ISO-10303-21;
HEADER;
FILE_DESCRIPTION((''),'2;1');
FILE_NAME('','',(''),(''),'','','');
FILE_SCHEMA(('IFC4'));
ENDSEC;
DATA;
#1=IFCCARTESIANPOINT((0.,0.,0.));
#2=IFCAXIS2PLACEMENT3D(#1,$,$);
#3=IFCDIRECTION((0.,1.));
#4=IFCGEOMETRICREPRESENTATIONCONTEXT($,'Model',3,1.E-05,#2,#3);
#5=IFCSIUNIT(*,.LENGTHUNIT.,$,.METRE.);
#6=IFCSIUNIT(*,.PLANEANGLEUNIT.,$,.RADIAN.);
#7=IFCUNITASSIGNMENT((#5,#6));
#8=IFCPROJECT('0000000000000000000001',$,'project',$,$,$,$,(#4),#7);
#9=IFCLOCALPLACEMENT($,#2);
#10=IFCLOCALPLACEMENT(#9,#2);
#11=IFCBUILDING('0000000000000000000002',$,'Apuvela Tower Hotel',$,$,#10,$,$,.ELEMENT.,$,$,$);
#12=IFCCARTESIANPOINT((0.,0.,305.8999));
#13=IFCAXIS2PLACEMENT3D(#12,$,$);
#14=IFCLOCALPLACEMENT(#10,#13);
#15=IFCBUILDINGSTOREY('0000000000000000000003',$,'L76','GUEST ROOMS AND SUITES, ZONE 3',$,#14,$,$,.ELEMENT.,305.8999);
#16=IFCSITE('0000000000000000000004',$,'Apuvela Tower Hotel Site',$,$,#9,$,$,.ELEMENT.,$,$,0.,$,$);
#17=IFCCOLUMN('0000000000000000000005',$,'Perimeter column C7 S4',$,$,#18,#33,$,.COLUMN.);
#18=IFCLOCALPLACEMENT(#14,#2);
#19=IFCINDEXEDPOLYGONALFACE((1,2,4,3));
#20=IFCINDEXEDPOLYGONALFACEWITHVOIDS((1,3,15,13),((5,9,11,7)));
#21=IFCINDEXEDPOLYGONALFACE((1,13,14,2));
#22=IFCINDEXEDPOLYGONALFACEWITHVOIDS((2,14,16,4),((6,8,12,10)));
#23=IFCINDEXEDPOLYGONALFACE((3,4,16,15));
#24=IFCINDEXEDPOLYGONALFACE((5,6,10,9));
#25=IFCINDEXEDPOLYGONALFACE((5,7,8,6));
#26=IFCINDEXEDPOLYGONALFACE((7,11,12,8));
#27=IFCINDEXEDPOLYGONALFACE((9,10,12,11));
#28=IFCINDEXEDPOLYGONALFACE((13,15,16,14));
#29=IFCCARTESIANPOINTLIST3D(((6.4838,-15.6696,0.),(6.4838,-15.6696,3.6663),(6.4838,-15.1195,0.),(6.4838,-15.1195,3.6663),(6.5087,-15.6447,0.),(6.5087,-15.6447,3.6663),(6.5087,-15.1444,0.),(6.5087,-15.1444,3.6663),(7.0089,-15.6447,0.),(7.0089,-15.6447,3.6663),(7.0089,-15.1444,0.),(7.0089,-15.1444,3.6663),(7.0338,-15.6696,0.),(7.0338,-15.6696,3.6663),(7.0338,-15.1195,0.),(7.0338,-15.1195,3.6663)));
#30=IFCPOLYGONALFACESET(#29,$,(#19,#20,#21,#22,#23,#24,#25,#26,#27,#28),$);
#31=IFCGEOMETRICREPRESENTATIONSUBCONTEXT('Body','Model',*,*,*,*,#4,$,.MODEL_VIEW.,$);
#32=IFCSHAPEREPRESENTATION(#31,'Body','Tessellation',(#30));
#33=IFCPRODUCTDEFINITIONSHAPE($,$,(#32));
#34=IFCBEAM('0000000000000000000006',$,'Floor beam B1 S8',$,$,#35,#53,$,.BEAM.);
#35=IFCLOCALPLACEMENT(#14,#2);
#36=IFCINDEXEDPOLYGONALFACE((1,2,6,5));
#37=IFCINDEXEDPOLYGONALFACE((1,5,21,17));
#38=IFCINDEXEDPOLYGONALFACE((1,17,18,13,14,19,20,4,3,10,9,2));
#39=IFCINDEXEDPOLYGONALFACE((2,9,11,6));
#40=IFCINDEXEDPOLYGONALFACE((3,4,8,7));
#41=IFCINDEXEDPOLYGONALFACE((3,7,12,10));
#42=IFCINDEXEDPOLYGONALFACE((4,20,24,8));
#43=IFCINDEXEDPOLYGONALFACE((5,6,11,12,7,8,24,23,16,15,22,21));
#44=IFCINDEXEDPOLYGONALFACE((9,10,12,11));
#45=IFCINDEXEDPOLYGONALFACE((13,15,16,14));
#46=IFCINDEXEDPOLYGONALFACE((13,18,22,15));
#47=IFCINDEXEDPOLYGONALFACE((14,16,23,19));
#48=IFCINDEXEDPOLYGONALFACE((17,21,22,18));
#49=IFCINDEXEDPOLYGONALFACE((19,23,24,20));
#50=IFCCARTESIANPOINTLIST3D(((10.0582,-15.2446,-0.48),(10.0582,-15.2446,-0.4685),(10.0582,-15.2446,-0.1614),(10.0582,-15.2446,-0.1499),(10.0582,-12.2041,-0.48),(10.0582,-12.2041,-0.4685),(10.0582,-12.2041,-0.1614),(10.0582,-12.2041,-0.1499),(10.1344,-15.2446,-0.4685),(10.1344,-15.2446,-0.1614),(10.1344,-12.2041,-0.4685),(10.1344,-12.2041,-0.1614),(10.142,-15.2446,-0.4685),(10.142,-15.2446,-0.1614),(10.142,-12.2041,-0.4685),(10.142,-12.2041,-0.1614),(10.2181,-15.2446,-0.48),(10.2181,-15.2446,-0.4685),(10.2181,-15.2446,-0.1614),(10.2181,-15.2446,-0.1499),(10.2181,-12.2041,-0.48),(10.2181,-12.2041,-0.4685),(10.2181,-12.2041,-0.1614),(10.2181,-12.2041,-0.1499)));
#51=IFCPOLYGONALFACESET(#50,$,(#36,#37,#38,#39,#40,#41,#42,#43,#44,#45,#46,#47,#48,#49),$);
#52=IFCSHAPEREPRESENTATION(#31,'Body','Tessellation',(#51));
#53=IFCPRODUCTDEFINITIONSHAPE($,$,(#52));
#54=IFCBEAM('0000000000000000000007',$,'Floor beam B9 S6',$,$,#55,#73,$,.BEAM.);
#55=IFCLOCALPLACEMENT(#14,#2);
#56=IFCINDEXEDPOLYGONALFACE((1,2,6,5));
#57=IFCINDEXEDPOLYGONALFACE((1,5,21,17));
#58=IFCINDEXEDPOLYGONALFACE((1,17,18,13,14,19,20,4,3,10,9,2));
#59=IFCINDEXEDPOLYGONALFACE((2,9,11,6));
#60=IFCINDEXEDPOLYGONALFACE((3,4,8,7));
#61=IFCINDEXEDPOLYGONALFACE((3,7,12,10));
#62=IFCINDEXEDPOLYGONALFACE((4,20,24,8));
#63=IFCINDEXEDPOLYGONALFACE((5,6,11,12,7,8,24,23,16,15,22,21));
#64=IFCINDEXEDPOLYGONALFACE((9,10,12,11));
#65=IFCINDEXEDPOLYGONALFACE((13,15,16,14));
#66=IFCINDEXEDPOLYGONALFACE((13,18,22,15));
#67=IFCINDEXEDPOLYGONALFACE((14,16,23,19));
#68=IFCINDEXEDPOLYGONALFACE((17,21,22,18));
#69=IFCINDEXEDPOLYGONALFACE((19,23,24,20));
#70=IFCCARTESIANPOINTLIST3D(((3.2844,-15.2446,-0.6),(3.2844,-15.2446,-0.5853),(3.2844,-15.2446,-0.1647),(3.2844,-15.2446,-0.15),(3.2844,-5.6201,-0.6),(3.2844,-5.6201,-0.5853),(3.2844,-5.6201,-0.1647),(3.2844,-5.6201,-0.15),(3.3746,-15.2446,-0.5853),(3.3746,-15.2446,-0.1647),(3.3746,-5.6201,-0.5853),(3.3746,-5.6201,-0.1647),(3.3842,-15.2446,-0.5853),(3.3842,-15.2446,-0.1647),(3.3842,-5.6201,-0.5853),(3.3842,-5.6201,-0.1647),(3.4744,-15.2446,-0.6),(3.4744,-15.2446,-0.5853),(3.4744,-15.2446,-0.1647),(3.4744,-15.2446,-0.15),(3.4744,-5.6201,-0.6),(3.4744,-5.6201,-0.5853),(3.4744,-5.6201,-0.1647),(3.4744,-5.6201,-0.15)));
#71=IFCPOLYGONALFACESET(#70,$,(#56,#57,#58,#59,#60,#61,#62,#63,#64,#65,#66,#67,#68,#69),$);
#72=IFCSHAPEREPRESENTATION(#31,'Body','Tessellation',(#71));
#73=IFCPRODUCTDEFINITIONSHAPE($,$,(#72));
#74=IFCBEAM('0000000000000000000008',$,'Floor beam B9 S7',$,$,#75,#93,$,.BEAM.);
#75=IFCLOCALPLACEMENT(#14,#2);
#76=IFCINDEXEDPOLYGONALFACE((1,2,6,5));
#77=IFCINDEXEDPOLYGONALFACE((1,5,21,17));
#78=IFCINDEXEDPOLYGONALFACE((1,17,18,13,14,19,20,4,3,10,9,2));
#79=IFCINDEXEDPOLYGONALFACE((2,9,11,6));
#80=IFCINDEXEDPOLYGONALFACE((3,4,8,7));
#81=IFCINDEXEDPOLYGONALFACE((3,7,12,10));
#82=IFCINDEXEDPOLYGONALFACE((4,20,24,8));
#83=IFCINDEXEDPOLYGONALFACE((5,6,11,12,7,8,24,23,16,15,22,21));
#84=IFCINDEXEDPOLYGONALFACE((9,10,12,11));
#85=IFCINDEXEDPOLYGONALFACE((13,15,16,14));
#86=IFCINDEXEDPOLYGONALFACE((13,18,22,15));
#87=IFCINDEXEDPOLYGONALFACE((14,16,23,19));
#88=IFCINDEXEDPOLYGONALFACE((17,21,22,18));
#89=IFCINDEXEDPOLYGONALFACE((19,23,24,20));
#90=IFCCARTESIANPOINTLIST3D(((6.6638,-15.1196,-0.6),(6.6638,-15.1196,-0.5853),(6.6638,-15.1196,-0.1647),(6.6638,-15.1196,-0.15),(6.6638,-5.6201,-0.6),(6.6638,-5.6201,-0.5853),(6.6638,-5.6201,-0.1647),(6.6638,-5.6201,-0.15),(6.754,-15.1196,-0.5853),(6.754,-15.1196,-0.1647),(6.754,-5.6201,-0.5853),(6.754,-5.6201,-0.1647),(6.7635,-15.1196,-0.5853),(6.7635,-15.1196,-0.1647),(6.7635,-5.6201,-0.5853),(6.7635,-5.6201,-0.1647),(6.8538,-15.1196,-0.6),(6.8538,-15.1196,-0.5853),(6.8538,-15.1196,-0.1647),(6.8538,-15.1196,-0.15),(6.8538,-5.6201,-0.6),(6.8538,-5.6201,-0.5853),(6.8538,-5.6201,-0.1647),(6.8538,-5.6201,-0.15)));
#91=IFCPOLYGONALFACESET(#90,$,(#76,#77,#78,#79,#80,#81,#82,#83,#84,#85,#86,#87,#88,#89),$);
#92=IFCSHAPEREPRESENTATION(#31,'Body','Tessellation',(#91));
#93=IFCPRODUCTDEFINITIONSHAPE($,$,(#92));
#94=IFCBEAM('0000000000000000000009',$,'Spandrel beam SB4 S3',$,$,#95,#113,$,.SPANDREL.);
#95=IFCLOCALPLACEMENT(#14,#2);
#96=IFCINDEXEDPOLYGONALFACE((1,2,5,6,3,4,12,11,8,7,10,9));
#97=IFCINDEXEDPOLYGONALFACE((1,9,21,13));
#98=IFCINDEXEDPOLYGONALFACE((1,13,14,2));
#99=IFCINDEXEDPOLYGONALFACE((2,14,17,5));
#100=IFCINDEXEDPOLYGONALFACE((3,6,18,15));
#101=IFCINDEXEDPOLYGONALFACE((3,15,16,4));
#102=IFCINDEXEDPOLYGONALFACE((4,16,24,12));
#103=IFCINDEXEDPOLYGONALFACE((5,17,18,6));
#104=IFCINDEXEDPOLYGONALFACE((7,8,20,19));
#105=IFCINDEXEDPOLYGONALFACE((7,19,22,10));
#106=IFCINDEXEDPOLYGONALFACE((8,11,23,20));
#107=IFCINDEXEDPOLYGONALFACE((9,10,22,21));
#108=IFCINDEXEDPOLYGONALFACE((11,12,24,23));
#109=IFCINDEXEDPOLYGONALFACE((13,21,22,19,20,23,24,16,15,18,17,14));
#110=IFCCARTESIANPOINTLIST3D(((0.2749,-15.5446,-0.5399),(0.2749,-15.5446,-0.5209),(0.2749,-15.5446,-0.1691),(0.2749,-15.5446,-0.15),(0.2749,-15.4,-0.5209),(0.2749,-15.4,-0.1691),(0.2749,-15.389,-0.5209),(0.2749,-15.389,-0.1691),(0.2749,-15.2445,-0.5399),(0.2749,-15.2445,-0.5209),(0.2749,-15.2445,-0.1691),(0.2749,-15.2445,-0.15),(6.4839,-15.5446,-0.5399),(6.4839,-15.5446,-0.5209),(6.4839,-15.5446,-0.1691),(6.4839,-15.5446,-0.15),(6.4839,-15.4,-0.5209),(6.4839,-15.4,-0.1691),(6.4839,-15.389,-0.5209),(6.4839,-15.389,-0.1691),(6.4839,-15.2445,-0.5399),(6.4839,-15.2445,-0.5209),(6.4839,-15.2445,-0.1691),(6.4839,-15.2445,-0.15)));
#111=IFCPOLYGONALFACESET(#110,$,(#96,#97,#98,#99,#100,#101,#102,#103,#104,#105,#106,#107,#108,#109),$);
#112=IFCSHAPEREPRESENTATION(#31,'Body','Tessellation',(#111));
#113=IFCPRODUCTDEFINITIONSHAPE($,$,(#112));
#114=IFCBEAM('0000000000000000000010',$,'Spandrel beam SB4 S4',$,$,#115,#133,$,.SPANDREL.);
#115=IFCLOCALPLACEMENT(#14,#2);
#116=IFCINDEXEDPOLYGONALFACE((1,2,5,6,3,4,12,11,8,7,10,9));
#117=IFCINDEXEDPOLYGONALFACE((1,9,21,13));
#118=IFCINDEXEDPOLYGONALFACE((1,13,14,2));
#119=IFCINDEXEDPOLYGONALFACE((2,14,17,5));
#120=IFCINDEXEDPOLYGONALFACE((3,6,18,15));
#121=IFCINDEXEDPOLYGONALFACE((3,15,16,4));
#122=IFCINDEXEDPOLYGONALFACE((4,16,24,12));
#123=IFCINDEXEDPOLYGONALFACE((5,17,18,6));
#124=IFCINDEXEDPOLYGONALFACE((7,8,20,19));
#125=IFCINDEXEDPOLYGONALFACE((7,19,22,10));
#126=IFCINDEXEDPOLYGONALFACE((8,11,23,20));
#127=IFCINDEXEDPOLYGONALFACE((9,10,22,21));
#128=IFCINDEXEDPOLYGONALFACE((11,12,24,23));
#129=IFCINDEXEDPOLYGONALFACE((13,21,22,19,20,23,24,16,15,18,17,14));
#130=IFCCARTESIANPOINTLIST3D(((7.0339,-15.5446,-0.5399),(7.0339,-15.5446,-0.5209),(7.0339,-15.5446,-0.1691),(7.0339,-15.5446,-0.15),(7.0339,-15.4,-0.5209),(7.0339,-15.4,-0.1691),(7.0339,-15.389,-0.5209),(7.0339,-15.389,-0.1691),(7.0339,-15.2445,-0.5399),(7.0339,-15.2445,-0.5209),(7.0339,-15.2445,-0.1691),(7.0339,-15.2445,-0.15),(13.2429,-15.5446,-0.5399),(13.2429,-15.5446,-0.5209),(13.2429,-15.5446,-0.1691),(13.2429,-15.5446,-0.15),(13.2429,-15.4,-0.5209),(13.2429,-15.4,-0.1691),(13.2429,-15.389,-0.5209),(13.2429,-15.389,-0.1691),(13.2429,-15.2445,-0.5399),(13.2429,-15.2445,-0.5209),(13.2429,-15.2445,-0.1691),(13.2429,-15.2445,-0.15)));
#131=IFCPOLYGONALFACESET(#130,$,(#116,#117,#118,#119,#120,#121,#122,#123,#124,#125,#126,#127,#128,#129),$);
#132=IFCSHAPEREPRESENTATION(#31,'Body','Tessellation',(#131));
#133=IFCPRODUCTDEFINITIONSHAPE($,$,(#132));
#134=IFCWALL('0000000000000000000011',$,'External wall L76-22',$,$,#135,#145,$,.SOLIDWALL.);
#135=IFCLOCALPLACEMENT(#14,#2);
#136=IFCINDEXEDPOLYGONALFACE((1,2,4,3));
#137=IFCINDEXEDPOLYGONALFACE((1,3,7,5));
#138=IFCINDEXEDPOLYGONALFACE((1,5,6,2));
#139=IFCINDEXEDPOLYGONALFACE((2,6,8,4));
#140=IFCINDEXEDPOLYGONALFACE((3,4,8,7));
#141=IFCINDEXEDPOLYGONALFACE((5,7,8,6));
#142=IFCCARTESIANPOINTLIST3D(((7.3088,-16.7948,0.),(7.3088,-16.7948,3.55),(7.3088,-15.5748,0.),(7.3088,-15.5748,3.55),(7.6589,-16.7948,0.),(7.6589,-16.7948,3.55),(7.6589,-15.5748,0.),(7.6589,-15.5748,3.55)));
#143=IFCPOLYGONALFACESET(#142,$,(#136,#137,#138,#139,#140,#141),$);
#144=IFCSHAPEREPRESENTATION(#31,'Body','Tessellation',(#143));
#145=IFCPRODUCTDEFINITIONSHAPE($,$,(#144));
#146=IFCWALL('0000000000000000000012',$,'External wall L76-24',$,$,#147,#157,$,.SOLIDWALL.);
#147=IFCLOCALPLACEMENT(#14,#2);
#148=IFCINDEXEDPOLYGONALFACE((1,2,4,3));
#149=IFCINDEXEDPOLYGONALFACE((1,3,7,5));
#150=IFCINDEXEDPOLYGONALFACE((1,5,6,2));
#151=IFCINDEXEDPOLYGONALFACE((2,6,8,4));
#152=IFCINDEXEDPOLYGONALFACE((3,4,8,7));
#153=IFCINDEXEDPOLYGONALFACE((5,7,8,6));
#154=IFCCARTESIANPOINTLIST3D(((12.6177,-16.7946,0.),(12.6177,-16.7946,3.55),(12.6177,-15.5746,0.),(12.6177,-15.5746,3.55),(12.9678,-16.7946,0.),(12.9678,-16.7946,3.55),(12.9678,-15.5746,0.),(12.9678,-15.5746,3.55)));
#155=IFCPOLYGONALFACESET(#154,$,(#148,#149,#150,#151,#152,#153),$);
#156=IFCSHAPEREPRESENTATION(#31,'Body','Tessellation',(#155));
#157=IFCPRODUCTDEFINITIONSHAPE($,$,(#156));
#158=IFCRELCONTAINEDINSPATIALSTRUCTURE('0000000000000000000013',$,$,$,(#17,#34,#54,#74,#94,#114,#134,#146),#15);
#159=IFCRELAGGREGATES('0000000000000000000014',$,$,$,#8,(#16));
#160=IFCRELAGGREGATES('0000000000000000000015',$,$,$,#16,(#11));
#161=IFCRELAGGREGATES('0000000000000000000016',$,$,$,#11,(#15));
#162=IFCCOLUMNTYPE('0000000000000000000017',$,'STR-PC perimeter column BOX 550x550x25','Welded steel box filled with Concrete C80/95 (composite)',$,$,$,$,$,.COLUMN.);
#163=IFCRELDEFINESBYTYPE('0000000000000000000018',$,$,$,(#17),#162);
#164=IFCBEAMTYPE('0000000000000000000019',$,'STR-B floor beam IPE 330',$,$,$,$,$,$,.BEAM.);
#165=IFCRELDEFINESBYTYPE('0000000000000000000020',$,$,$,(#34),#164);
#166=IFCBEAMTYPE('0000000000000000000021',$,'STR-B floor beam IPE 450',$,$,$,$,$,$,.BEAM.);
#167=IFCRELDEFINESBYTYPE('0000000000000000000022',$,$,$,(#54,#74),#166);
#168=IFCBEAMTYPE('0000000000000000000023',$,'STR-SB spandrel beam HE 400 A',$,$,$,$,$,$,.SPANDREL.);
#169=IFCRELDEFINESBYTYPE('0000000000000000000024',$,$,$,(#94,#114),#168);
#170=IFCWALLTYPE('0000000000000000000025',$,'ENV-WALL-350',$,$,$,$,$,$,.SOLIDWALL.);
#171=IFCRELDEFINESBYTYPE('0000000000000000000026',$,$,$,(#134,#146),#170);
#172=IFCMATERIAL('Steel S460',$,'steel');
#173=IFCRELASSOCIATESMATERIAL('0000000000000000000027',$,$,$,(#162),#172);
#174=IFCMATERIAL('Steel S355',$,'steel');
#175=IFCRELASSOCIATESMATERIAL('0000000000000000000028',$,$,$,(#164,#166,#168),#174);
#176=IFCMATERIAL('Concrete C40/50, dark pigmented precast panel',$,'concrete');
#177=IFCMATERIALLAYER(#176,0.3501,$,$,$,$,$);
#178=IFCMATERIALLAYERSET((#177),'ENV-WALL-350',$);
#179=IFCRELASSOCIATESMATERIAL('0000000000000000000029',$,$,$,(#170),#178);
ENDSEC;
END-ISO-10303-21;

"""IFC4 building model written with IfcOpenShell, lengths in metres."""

from ifc_helpers import new_model, si_unit, direction, frame, frame_2d, origin, origin_2d, place, context, subcontext, project, spatial, rectangle, hollow_rectangle, i_section, extrude, boolean, halfspace, material, layer, layer_set, material_profile, profile_set, type_object, element, save


model = new_model("IFC4")

# Units and contexts
model_context = context("Model", 3, precision=1e-05, world=origin(), true_north=direction((0.0, 1.0)))
body_context = subcontext(model_context, "Body", "Model", "MODEL_VIEW")
ifc_project = project(units=[si_unit("LENGTHUNIT", "METRE"), si_unit("PLANEANGLEUNIT", "RADIAN")], contexts=[model_context])

# Site, building, storey
site_placement = place(None, origin())
site = spatial("IfcSite", under=ifc_project, at=site_placement, Name="Apuvela Tower Hotel Site", CompositionType="ELEMENT", RefElevation=0.0)
building_placement = place(site_placement, origin())
building = spatial("IfcBuilding", under=site, at=building_placement, Name="Apuvela Tower Hotel", CompositionType="ELEMENT")
storey_placement = place(building_placement, frame((0.0, 0.0, 305.8999)))
storey = spatial("IfcBuildingStorey", under=building, at=storey_placement, Name="L76", Description="GUEST ROOMS AND SUITES, ZONE 3", CompositionType="ELEMENT", Elevation=305.8999)

# Column
ifc_material_1 = material(Name="Steel S460", Category="steel")
ifc_material_profile_1 = material_profile(ifc_material_1, hollow_rectangle(XDim=0.55, YDim=0.55, WallThickness=0.0249, at=origin_2d()), Name="BOX 550x550x25")
ifc_material_2 = material(Name="Concrete C80/95", Category="concrete")
ifc_material_profile_2 = material_profile(ifc_material_2, rectangle(XDim=0.5, YDim=0.5, at=origin_2d()), Name="Concrete C80/95 infill")
ifc_profile_set_1 = profile_set([ifc_material_profile_1, ifc_material_profile_2], Name="Steel S460")
column_type = type_object("IfcColumnType", Name="STR-PC perimeter column BOX 550x550x25", Description="Welded steel box filled with Concrete C80/95 (composite)", PredefinedType="COLUMN", material=ifc_profile_set_1)
column_placement = place(storey_placement, frame((6.7588, -15.3945, 0.0), z_axis=(0.0, 0.0, 1.0), x_axis=(-1.0, 0.0, 0.0)))
element("IfcColumn", 1, at=column_placement, inside=storey, type_object=column_type, Name="Perimeter column C7 S4", PredefinedType="COLUMN", context=body_context, shape_type="SweptSolid", body=[
    boolean("DIFFERENCE", extrude(hollow_rectangle(XDim=0.55, YDim=0.55, WallThickness=0.0249, at=origin_2d()), origin(), (0.0, 0.0, 1.0), 3.7002), halfspace(frame((0.0, 0.0, 3.6663), z_axis=(0.0, 0.0, 1.0), x_axis=(1.0, 0.0, 0.0)), False)),
])

# Beams
ifc_material_3 = material(Name="Steel S355", Category="steel")
ifc_material_profile_3 = material_profile(ifc_material_3, i_section(OverallWidth=0.1599, OverallDepth=0.3301, WebThickness=0.0076, FlangeThickness=0.0115, at=origin_2d()), Name="IPE 330")
ifc_profile_set_2 = profile_set([ifc_material_profile_3], Name="Steel S355")
beam_type_1 = type_object("IfcBeamType", Name="STR-B floor beam IPE 330", PredefinedType="BEAM", material=ifc_profile_set_2)
beam_1_placement = place(storey_placement, frame((10.1382, -15.2446, -0.3149), z_axis=(0.0, 1.0, 0.0), x_axis=(-1.0, 0.0, 0.0)))
element("IfcBeam", 2, at=beam_1_placement, inside=storey, type_object=beam_type_1, Name="Floor beam B1 S8", PredefinedType="BEAM", context=body_context, shape_type="SweptSolid", body=[
    extrude(i_section(OverallWidth=0.1599, OverallDepth=0.3301, WebThickness=0.0076, FlangeThickness=0.0115, at=origin_2d()), origin(), (0.0, 0.0, 1.0), 3.0405),
])
ifc_material_profile_4 = material_profile(ifc_material_3, i_section(OverallWidth=0.1899, OverallDepth=0.45, WebThickness=0.0095, FlangeThickness=0.0146, at=origin_2d()), Name="IPE 450")
ifc_profile_set_3 = profile_set([ifc_material_profile_4], Name="Steel S355")
beam_type_2 = type_object("IfcBeamType", Name="STR-B floor beam IPE 450", PredefinedType="BEAM", material=ifc_profile_set_3)
beam_2_placement = place(storey_placement, frame((3.3794, -15.2446, -0.375), z_axis=(0.0, 1.0, 0.0), x_axis=(-1.0, 0.0, 0.0)))
element("IfcBeam", 3, at=beam_2_placement, inside=storey, type_object=beam_type_2, Name="Floor beam B9 S6", PredefinedType="BEAM", context=body_context, shape_type="SweptSolid", body=[
    extrude(i_section(OverallWidth=0.1899, OverallDepth=0.45, WebThickness=0.0095, FlangeThickness=0.0146, at=origin_2d()), origin(), (0.0, 0.0, 1.0), 9.6245),
])
beam_3_placement = place(storey_placement, frame((6.7588, -15.1196, -0.375), z_axis=(0.0, 1.0, 0.0), x_axis=(-1.0, 0.0, 0.0)))
element("IfcBeam", 4, at=beam_3_placement, inside=storey, type_object=beam_type_2, Name="Floor beam B9 S7", PredefinedType="BEAM", context=body_context, shape_type="SweptSolid", body=[
    extrude(i_section(OverallWidth=0.1899, OverallDepth=0.45, WebThickness=0.0095, FlangeThickness=0.0146, at=origin_2d()), origin(), (0.0, 0.0, 1.0), 9.4995),
])
ifc_material_profile_5 = material_profile(ifc_material_3, i_section(OverallWidth=0.3, OverallDepth=0.3899, WebThickness=0.011, FlangeThickness=0.019, at=origin_2d()), Name="HE 400 A")
ifc_profile_set_4 = profile_set([ifc_material_profile_5], Name="Steel S355")
beam_type_3 = type_object("IfcBeamType", Name="STR-SB spandrel beam HE 400 A", PredefinedType="SPANDREL", material=ifc_profile_set_4)
for number, where, z_axis, x_axis, name in (
    (5, (0.2749, -15.3945, -0.345), (1.0, 0.0, 0.0), (0.0, 1.0, 0.0), "Spandrel beam SB4 S3"),
    (6, (7.0339, -15.3945, -0.345), (1.0, 0.0, 0.0), (0.0, 1.0, 0.0), "Spandrel beam SB4 S4"),
):
    element("IfcBeam", number, at=place(storey_placement, frame(where, z_axis=z_axis, x_axis=x_axis)), inside=storey, type_object=beam_type_3, Name=name, PredefinedType="SPANDREL", context=body_context, shape_type="SweptSolid", body=[
        extrude(i_section(OverallWidth=0.3, OverallDepth=0.3899, WebThickness=0.011, FlangeThickness=0.019, at=origin_2d()), origin(), (0.0, 0.0, 1.0), 6.209),
    ])

# Wall
ifc_material_4 = material(Name="Concrete C40/50, dark pigmented precast panel", Category="concrete")
ifc_layer_1 = layer(ifc_material_4, 0.3501)
ifc_layer_set_1 = layer_set([ifc_layer_1], Name="ENV-WALL-350")
wall_type_1 = type_object("IfcWallType", Name="ENV-WALL-350", PredefinedType="SOLIDWALL", material=ifc_layer_set_1)
wall_1_placement = place(storey_placement, frame((7.4839, -16.7947, 0.0), z_axis=(0.0, 0.0, 1.0), x_axis=(0.0, 1.0, 0.0)))
element("IfcWall", 7, at=wall_1_placement, inside=storey, type_object=wall_type_1, Name="External wall L76-22", PredefinedType="SOLIDWALL", context=body_context, shape_type="SweptSolid", body=[
    extrude(rectangle(XDim=1.22, YDim=0.3501, at=frame_2d((0.6099, 0.0))), origin(), (0.0, 0.0, 1.0), 3.55),
])

# Wall
wall_2_placement = place(storey_placement, frame((12.7927, -15.5747, 0.0), z_axis=(0.0, 0.0, 1.0), x_axis=(0.0, -1.0, 0.0)))
element("IfcWall", 8, at=wall_2_placement, inside=storey, type_object=wall_type_1, Name="External wall L76-24", PredefinedType="SOLIDWALL", context=body_context, shape_type="SweptSolid", body=[
    extrude(rectangle(XDim=1.22, YDim=0.3501, at=frame_2d((0.6099, 0.0))), origin(), (0.0, 0.0, 1.0), 3.55),
])

save(model, "model.ifc")
